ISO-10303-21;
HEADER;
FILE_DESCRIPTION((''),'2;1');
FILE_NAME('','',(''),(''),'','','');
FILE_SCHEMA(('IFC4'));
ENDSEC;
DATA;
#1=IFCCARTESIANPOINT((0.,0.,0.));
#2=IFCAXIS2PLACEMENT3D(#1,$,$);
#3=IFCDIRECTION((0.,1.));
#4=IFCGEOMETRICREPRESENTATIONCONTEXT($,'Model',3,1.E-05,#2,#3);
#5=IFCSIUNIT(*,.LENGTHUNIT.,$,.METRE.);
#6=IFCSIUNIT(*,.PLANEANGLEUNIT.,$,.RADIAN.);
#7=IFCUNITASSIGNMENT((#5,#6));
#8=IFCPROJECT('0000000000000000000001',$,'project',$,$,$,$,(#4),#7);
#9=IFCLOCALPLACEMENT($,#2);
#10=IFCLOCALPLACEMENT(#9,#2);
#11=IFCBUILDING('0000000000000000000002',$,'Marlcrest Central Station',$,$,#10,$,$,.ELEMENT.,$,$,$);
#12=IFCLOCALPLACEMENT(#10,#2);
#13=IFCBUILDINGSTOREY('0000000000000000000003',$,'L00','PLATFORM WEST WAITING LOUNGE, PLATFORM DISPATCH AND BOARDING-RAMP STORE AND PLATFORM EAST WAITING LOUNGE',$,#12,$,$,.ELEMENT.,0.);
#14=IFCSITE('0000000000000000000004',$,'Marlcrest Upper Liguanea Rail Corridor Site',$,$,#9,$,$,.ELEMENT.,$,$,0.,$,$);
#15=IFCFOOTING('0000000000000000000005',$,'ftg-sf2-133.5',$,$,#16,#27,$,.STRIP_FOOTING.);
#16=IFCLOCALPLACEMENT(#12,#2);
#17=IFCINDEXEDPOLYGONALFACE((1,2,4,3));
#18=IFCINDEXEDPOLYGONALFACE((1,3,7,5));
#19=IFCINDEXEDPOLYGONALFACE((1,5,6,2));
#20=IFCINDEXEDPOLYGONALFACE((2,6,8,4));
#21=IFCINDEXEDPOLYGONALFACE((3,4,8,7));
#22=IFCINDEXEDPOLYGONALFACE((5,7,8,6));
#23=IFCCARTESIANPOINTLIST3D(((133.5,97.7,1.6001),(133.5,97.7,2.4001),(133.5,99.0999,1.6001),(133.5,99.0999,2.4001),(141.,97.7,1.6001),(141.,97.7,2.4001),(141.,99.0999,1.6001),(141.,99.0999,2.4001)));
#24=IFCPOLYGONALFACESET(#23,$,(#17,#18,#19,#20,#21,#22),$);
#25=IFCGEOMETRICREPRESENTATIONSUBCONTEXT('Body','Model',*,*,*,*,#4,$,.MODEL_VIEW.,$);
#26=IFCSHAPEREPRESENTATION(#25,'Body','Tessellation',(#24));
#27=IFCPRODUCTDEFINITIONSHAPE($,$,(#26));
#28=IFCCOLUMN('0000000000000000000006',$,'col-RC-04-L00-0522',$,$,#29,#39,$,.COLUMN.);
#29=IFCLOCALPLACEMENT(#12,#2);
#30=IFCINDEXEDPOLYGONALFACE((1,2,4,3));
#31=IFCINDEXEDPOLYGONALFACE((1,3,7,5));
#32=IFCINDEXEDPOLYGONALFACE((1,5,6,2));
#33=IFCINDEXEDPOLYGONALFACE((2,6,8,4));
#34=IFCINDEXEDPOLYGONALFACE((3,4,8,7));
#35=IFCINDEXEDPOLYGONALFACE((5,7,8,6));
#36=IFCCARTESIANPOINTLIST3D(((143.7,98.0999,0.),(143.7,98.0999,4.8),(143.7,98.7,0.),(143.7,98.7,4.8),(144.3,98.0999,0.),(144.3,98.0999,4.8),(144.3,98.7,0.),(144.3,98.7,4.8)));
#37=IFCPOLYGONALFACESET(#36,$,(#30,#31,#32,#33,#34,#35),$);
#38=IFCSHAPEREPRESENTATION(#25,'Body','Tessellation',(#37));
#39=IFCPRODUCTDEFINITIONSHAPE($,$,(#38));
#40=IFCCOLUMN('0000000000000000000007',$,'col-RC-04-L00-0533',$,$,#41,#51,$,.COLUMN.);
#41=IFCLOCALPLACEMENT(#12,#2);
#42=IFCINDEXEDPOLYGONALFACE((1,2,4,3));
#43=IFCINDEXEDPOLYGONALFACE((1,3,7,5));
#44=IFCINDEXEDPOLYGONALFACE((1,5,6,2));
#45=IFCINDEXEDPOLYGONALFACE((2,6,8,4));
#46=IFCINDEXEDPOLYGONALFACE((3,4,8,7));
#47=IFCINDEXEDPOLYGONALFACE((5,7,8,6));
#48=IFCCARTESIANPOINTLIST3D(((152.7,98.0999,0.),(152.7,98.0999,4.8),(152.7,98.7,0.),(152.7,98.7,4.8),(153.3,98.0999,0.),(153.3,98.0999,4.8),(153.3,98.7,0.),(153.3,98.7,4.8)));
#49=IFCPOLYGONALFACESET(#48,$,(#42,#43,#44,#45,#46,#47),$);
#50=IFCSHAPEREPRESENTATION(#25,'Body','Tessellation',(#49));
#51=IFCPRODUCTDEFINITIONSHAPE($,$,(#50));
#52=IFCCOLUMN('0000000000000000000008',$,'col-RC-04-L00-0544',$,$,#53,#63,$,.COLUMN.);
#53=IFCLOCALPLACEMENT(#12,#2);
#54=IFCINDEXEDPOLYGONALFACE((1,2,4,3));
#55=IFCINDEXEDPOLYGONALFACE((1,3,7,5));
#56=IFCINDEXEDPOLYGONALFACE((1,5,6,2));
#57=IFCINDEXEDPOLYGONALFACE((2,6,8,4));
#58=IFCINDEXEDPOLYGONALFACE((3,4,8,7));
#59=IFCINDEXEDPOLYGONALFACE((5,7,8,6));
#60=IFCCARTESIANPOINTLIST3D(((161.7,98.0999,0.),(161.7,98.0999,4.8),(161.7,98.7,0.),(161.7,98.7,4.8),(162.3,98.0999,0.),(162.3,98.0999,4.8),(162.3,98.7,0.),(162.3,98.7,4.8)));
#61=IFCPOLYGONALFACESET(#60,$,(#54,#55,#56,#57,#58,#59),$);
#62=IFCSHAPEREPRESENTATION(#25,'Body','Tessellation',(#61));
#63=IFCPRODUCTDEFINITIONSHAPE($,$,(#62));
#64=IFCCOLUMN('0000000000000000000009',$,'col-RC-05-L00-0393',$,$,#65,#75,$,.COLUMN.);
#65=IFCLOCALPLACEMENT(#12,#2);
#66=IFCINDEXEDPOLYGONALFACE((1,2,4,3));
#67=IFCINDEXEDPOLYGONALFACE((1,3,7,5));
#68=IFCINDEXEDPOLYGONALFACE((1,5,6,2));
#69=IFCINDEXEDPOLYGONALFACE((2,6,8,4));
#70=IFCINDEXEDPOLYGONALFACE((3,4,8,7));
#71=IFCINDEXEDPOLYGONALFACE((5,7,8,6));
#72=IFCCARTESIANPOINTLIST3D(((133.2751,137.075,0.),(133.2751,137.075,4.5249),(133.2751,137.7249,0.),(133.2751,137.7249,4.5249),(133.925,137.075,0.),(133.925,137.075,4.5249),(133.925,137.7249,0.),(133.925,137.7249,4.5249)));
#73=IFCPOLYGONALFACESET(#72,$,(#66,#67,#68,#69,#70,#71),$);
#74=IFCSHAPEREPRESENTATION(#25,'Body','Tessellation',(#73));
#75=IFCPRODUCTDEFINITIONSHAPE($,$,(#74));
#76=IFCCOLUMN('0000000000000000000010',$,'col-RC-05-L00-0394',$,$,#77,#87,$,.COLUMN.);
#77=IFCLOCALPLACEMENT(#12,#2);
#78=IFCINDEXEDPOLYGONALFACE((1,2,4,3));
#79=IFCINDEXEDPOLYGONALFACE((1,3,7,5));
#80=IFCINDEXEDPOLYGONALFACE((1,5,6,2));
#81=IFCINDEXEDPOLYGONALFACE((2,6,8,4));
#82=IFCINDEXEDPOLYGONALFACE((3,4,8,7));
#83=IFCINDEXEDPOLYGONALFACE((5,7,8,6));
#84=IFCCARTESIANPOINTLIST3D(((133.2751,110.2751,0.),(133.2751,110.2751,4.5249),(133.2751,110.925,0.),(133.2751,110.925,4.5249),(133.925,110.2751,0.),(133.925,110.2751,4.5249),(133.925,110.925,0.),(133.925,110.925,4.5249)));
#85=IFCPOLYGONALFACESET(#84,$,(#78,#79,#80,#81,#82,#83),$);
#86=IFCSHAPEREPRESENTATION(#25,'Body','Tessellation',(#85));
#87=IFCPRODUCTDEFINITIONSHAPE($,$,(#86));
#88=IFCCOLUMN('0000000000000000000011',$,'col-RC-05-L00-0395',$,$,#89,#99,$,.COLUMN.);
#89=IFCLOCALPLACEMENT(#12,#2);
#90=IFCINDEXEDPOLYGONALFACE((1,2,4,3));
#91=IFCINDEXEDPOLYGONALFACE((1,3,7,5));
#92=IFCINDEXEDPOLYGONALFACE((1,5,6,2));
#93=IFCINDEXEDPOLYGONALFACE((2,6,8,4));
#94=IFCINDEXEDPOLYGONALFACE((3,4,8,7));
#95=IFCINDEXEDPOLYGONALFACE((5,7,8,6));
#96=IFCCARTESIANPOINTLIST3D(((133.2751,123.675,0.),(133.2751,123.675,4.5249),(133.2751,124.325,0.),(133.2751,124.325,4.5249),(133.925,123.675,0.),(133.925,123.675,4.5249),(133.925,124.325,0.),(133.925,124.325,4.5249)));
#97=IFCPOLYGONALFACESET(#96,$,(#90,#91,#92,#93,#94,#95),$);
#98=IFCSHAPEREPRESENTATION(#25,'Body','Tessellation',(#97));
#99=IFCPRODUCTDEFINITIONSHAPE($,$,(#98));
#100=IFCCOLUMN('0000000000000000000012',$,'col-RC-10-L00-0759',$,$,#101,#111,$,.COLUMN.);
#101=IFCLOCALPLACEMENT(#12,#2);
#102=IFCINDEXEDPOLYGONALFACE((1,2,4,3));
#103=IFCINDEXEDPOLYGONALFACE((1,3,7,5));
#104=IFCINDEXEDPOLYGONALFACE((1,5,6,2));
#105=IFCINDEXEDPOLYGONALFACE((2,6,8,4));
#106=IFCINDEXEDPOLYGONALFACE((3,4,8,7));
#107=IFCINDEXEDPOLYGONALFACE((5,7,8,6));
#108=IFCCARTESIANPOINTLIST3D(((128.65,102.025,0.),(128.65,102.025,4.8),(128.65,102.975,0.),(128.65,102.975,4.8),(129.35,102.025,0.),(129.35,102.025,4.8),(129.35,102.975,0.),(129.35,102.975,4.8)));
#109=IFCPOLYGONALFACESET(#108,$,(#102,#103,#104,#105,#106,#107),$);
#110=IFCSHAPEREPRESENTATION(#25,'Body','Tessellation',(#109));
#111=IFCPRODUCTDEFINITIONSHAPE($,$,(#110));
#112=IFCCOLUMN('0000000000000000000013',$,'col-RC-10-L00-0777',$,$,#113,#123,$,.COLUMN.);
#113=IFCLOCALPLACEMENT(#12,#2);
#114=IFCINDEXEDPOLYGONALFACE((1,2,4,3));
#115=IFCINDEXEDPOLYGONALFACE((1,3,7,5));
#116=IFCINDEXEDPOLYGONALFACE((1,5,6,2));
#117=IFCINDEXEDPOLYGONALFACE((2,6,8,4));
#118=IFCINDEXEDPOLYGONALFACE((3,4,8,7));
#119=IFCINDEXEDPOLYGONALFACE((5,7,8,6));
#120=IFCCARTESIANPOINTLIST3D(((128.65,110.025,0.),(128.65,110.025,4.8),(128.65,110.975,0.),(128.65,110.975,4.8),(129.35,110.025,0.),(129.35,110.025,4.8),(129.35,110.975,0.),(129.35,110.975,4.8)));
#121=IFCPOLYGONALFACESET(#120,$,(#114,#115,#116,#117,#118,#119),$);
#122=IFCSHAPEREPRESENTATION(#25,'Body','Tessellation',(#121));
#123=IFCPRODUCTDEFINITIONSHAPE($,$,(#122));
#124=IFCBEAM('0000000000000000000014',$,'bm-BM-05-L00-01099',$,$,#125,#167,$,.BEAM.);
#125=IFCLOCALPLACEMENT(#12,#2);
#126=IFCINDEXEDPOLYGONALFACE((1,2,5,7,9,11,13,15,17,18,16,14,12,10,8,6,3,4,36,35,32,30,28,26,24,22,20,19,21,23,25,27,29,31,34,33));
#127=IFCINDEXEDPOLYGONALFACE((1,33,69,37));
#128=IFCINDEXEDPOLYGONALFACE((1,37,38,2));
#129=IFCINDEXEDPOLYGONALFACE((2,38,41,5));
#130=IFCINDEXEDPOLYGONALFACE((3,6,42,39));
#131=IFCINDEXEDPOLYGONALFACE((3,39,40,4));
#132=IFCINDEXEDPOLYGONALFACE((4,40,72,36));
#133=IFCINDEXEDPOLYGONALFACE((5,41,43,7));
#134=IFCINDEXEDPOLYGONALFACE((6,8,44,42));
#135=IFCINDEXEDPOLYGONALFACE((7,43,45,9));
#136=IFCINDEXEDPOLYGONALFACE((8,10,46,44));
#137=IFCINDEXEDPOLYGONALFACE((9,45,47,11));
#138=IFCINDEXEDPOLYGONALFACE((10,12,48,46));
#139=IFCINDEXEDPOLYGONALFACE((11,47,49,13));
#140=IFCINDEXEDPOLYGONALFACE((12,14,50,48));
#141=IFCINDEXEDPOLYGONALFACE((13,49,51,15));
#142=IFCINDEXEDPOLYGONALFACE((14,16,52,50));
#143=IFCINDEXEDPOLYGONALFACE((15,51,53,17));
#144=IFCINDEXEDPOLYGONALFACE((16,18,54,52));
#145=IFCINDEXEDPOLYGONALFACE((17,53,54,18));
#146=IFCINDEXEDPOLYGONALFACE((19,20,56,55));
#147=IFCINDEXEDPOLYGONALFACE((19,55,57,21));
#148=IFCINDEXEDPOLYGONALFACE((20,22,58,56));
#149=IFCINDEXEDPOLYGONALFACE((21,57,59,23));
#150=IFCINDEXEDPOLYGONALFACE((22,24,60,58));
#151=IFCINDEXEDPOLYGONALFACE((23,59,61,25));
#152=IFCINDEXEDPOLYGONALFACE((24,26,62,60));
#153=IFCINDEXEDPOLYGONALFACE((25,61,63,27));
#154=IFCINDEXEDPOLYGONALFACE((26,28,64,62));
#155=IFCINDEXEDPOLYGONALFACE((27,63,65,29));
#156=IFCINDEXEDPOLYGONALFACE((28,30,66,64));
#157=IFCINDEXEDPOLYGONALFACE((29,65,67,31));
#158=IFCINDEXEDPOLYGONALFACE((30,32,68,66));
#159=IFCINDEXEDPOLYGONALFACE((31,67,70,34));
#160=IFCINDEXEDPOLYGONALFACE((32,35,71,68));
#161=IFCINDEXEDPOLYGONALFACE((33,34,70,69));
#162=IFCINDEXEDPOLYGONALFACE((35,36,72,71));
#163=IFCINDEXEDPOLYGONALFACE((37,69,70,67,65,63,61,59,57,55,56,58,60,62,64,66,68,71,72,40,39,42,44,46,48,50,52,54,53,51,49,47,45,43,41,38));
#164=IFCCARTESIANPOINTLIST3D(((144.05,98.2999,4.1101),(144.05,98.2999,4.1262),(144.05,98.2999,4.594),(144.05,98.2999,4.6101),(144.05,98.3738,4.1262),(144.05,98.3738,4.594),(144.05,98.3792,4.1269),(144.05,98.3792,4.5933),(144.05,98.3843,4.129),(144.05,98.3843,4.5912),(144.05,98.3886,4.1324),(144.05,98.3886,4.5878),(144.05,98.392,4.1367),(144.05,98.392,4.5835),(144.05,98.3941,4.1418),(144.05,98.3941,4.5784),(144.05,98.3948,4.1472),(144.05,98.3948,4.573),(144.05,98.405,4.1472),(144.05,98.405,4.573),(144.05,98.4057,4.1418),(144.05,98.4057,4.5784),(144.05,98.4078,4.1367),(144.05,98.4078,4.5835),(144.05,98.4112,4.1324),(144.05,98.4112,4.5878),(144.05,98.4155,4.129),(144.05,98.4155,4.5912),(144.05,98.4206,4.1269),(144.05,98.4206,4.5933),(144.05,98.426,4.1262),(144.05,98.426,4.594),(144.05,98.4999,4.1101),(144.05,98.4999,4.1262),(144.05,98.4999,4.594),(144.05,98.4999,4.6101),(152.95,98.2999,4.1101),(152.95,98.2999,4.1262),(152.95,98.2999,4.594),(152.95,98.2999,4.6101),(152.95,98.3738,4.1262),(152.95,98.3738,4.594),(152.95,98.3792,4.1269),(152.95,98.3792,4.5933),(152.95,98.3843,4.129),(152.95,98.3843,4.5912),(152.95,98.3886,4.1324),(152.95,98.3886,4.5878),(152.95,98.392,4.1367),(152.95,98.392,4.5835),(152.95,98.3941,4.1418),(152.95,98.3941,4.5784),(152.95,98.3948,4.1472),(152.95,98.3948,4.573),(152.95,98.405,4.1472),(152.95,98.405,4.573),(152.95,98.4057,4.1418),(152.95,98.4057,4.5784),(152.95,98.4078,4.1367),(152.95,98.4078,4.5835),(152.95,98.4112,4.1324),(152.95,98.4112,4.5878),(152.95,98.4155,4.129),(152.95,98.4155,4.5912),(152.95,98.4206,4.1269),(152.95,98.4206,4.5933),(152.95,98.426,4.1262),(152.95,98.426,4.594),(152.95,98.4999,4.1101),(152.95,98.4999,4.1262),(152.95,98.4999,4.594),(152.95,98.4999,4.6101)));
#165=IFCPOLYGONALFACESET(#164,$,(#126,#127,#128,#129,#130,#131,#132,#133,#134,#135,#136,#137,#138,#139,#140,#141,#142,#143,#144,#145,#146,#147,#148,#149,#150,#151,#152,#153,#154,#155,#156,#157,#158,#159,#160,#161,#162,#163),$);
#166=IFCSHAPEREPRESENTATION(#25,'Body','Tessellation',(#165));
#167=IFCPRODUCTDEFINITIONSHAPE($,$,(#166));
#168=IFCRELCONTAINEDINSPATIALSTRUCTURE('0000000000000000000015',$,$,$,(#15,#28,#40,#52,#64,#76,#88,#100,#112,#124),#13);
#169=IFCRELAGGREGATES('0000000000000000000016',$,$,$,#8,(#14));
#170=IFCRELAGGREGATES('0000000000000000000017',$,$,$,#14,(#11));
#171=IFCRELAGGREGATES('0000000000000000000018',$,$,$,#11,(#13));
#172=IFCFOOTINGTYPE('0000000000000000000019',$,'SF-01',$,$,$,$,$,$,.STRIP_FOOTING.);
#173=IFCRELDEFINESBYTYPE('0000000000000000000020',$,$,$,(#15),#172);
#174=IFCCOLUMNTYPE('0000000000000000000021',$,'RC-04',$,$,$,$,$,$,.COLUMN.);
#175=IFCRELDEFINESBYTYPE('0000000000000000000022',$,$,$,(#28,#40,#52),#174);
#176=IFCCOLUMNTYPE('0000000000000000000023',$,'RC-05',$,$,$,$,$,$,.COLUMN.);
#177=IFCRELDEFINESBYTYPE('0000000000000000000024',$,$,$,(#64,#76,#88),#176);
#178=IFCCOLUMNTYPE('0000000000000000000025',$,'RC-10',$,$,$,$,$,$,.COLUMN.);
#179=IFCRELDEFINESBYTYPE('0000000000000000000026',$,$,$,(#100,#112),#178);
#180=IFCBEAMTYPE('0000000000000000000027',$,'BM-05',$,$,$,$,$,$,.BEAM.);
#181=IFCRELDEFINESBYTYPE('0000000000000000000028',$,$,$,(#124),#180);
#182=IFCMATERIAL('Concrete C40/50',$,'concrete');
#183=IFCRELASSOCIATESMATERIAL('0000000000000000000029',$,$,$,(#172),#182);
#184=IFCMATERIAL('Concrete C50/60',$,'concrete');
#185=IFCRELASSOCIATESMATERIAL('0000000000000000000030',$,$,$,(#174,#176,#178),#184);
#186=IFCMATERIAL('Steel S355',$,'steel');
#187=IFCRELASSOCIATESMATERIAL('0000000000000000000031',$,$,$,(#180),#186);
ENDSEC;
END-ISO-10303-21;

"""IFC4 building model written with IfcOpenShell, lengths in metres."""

from ifc_helpers import new_model, si_unit, direction, frame, origin, origin_2d, place, context, subcontext, project, spatial, rectangle, i_section, extrude, material, material_profile, profile_set, type_object, element, save


model = new_model("IFC4")

# Units and contexts
model_context = context("Model", 3, precision=1e-05, world=origin(), true_north=direction((0.0, 1.0)))
body_context = subcontext(model_context, "Body", "Model", "MODEL_VIEW")
ifc_project = project(units=[si_unit("LENGTHUNIT", "METRE"), si_unit("PLANEANGLEUNIT", "RADIAN")], contexts=[model_context])

# Site, building, storey
site_placement = place(None, origin())
site = spatial("IfcSite", under=ifc_project, at=site_placement, Name="Marlcrest Upper Liguanea Rail Corridor Site", CompositionType="ELEMENT", RefElevation=0.0)
building_placement = place(site_placement, origin())
building = spatial("IfcBuilding", under=site, at=building_placement, Name="Marlcrest Central Station", CompositionType="ELEMENT")
storey_placement = place(building_placement, origin())
storey = spatial("IfcBuildingStorey", under=building, at=storey_placement, Name="L00", Description="PLATFORM WEST WAITING LOUNGE, PLATFORM DISPATCH AND BOARDING-RAMP STORE AND PLATFORM EAST WAITING LOUNGE", CompositionType="ELEMENT", Elevation=0.0)

# Footing
ifc_material_1 = material(Name="Concrete C40/50", Category="concrete")
footing_type_1 = type_object("IfcFootingType", Name="SF-01", PredefinedType="STRIP_FOOTING", material=ifc_material_1)
footing_placement = place(storey_placement, frame((137.25, 98.3999, 1.6001), z_axis=(0.0, 0.0, 1.0), x_axis=(1.0, 0.0, 0.0)))
element("IfcFooting", 1, at=footing_placement, inside=storey, type_object=footing_type_1, Name="ftg-sf2-133.5", PredefinedType="STRIP_FOOTING", context=body_context, shape_type="SweptSolid", body=[
    extrude(rectangle(XDim=7.5, YDim=1.3999, at=origin_2d()), origin(), (0.0, 0.0, 1.0), 0.8),
])

# Columns
ifc_material_2 = material(Name="Concrete C50/60", Category="concrete")
ifc_material_profile_1 = material_profile(ifc_material_2, rectangle(XDim=0.6001, YDim=0.6001, at=origin_2d()), Name="RC 600x600")
ifc_profile_set_1 = profile_set([ifc_material_profile_1], Name="Concrete C50/60")
column_type_1 = type_object("IfcColumnType", Name="RC-04", PredefinedType="COLUMN", material=ifc_profile_set_1)
for number, where, z_axis, x_axis, name in (
    (2, (144.0, 98.3999, 0.0), (0.0, 0.0, 1.0), (1.0, 0.0, 0.0), "col-RC-04-L00-0522"),
    (3, (153.0, 98.3999, 0.0), (0.0, 0.0, 1.0), (1.0, 0.0, 0.0), "col-RC-04-L00-0533"),
    (4, (162.0, 98.3999, 0.0), (0.0, 0.0, 1.0), (1.0, 0.0, 0.0), "col-RC-04-L00-0544"),
):
    element("IfcColumn", number, at=place(storey_placement, frame(where, z_axis=z_axis, x_axis=x_axis)), inside=storey, type_object=column_type_1, Name=name, PredefinedType="COLUMN", context=body_context, shape_type="SweptSolid", body=[
        extrude(rectangle(XDim=0.6001, YDim=0.6001, at=origin_2d()), origin(), (0.0, 0.0, 1.0), 4.8),
    ])
ifc_material_profile_2 = material_profile(ifc_material_2, rectangle(XDim=0.6499, YDim=0.6499, at=origin_2d()), Name="RC 650x650")
ifc_profile_set_2 = profile_set([ifc_material_profile_2], Name="Concrete C50/60")
column_type_2 = type_object("IfcColumnType", Name="RC-05", PredefinedType="COLUMN", material=ifc_profile_set_2)
for number, where, z_axis, x_axis, name in (
    (5, (133.6001, 137.3999, 0.0), (0.0, 0.0, 1.0), (1.0, 0.0, 0.0), "col-RC-05-L00-0393"),
    (6, (133.6001, 110.6001, 0.0), (0.0, 0.0, 1.0), (1.0, 0.0, 0.0), "col-RC-05-L00-0394"),
    (7, (133.6001, 124.0, 0.0), (0.0, 0.0, 1.0), (1.0, 0.0, 0.0), "col-RC-05-L00-0395"),
):
    element("IfcColumn", number, at=place(storey_placement, frame(where, z_axis=z_axis, x_axis=x_axis)), inside=storey, type_object=column_type_2, Name=name, PredefinedType="COLUMN", context=body_context, shape_type="SweptSolid", body=[
        extrude(rectangle(XDim=0.6499, YDim=0.6499, at=origin_2d()), origin(), (0.0, 0.0, 1.0), 4.5249),
    ])
ifc_material_profile_3 = material_profile(ifc_material_2, rectangle(XDim=0.7, YDim=0.95, at=origin_2d()), Name="RC 700x950")
ifc_profile_set_3 = profile_set([ifc_material_profile_3], Name="Concrete C50/60")
column_type_3 = type_object("IfcColumnType", Name="RC-10", PredefinedType="COLUMN", material=ifc_profile_set_3)
for number, where, z_axis, x_axis, name in (
    (8, (129.0, 102.5, 0.0), (0.0, 0.0, 1.0), (1.0, 0.0, 0.0), "col-RC-10-L00-0759"),
    (9, (129.0, 110.5, 0.0), (0.0, 0.0, 1.0), (1.0, 0.0, 0.0), "col-RC-10-L00-0777"),
):
    element("IfcColumn", number, at=place(storey_placement, frame(where, z_axis=z_axis, x_axis=x_axis)), inside=storey, type_object=column_type_3, Name=name, PredefinedType="COLUMN", context=body_context, shape_type="SweptSolid", body=[
        extrude(rectangle(XDim=0.7, YDim=0.95, at=origin_2d()), origin(), (0.0, 0.0, 1.0), 4.8),
    ])

# Beam
ifc_material_3 = material(Name="Steel S355", Category="steel")
ifc_material_profile_4 = material_profile(ifc_material_3, i_section(OverallWidth=0.2, OverallDepth=0.5, WebThickness=0.0103, FlangeThickness=0.0161, FilletRadius=0.021, at=origin_2d()), Name="IPE 500")
ifc_profile_set_4 = profile_set([ifc_material_profile_4], Name="Steel S355")
beam_type = type_object("IfcBeamType", Name="BM-05", PredefinedType="BEAM", material=ifc_profile_set_4)
for number, where, z_axis, x_axis, name in (
    (10, (144.05, 98.3999, 4.3601), (1.0, 0.0, 0.0), (0.0, 1.0, 0.0), "bm-BM-05-L00-01099"),
):
    element("IfcBeam", number, at=place(storey_placement, frame(where, z_axis=z_axis, x_axis=x_axis)), inside=storey, type_object=beam_type, Name=name, PredefinedType="BEAM", context=body_context, shape_type="SweptSolid", body=[
        extrude(i_section(OverallWidth=0.2, OverallDepth=0.5, WebThickness=0.0103, FlangeThickness=0.0161, FilletRadius=0.021, at=origin_2d()), origin(), (0.0, 0.0, 1.0), 8.8999),
    ])

save(model, "model.ifc")
